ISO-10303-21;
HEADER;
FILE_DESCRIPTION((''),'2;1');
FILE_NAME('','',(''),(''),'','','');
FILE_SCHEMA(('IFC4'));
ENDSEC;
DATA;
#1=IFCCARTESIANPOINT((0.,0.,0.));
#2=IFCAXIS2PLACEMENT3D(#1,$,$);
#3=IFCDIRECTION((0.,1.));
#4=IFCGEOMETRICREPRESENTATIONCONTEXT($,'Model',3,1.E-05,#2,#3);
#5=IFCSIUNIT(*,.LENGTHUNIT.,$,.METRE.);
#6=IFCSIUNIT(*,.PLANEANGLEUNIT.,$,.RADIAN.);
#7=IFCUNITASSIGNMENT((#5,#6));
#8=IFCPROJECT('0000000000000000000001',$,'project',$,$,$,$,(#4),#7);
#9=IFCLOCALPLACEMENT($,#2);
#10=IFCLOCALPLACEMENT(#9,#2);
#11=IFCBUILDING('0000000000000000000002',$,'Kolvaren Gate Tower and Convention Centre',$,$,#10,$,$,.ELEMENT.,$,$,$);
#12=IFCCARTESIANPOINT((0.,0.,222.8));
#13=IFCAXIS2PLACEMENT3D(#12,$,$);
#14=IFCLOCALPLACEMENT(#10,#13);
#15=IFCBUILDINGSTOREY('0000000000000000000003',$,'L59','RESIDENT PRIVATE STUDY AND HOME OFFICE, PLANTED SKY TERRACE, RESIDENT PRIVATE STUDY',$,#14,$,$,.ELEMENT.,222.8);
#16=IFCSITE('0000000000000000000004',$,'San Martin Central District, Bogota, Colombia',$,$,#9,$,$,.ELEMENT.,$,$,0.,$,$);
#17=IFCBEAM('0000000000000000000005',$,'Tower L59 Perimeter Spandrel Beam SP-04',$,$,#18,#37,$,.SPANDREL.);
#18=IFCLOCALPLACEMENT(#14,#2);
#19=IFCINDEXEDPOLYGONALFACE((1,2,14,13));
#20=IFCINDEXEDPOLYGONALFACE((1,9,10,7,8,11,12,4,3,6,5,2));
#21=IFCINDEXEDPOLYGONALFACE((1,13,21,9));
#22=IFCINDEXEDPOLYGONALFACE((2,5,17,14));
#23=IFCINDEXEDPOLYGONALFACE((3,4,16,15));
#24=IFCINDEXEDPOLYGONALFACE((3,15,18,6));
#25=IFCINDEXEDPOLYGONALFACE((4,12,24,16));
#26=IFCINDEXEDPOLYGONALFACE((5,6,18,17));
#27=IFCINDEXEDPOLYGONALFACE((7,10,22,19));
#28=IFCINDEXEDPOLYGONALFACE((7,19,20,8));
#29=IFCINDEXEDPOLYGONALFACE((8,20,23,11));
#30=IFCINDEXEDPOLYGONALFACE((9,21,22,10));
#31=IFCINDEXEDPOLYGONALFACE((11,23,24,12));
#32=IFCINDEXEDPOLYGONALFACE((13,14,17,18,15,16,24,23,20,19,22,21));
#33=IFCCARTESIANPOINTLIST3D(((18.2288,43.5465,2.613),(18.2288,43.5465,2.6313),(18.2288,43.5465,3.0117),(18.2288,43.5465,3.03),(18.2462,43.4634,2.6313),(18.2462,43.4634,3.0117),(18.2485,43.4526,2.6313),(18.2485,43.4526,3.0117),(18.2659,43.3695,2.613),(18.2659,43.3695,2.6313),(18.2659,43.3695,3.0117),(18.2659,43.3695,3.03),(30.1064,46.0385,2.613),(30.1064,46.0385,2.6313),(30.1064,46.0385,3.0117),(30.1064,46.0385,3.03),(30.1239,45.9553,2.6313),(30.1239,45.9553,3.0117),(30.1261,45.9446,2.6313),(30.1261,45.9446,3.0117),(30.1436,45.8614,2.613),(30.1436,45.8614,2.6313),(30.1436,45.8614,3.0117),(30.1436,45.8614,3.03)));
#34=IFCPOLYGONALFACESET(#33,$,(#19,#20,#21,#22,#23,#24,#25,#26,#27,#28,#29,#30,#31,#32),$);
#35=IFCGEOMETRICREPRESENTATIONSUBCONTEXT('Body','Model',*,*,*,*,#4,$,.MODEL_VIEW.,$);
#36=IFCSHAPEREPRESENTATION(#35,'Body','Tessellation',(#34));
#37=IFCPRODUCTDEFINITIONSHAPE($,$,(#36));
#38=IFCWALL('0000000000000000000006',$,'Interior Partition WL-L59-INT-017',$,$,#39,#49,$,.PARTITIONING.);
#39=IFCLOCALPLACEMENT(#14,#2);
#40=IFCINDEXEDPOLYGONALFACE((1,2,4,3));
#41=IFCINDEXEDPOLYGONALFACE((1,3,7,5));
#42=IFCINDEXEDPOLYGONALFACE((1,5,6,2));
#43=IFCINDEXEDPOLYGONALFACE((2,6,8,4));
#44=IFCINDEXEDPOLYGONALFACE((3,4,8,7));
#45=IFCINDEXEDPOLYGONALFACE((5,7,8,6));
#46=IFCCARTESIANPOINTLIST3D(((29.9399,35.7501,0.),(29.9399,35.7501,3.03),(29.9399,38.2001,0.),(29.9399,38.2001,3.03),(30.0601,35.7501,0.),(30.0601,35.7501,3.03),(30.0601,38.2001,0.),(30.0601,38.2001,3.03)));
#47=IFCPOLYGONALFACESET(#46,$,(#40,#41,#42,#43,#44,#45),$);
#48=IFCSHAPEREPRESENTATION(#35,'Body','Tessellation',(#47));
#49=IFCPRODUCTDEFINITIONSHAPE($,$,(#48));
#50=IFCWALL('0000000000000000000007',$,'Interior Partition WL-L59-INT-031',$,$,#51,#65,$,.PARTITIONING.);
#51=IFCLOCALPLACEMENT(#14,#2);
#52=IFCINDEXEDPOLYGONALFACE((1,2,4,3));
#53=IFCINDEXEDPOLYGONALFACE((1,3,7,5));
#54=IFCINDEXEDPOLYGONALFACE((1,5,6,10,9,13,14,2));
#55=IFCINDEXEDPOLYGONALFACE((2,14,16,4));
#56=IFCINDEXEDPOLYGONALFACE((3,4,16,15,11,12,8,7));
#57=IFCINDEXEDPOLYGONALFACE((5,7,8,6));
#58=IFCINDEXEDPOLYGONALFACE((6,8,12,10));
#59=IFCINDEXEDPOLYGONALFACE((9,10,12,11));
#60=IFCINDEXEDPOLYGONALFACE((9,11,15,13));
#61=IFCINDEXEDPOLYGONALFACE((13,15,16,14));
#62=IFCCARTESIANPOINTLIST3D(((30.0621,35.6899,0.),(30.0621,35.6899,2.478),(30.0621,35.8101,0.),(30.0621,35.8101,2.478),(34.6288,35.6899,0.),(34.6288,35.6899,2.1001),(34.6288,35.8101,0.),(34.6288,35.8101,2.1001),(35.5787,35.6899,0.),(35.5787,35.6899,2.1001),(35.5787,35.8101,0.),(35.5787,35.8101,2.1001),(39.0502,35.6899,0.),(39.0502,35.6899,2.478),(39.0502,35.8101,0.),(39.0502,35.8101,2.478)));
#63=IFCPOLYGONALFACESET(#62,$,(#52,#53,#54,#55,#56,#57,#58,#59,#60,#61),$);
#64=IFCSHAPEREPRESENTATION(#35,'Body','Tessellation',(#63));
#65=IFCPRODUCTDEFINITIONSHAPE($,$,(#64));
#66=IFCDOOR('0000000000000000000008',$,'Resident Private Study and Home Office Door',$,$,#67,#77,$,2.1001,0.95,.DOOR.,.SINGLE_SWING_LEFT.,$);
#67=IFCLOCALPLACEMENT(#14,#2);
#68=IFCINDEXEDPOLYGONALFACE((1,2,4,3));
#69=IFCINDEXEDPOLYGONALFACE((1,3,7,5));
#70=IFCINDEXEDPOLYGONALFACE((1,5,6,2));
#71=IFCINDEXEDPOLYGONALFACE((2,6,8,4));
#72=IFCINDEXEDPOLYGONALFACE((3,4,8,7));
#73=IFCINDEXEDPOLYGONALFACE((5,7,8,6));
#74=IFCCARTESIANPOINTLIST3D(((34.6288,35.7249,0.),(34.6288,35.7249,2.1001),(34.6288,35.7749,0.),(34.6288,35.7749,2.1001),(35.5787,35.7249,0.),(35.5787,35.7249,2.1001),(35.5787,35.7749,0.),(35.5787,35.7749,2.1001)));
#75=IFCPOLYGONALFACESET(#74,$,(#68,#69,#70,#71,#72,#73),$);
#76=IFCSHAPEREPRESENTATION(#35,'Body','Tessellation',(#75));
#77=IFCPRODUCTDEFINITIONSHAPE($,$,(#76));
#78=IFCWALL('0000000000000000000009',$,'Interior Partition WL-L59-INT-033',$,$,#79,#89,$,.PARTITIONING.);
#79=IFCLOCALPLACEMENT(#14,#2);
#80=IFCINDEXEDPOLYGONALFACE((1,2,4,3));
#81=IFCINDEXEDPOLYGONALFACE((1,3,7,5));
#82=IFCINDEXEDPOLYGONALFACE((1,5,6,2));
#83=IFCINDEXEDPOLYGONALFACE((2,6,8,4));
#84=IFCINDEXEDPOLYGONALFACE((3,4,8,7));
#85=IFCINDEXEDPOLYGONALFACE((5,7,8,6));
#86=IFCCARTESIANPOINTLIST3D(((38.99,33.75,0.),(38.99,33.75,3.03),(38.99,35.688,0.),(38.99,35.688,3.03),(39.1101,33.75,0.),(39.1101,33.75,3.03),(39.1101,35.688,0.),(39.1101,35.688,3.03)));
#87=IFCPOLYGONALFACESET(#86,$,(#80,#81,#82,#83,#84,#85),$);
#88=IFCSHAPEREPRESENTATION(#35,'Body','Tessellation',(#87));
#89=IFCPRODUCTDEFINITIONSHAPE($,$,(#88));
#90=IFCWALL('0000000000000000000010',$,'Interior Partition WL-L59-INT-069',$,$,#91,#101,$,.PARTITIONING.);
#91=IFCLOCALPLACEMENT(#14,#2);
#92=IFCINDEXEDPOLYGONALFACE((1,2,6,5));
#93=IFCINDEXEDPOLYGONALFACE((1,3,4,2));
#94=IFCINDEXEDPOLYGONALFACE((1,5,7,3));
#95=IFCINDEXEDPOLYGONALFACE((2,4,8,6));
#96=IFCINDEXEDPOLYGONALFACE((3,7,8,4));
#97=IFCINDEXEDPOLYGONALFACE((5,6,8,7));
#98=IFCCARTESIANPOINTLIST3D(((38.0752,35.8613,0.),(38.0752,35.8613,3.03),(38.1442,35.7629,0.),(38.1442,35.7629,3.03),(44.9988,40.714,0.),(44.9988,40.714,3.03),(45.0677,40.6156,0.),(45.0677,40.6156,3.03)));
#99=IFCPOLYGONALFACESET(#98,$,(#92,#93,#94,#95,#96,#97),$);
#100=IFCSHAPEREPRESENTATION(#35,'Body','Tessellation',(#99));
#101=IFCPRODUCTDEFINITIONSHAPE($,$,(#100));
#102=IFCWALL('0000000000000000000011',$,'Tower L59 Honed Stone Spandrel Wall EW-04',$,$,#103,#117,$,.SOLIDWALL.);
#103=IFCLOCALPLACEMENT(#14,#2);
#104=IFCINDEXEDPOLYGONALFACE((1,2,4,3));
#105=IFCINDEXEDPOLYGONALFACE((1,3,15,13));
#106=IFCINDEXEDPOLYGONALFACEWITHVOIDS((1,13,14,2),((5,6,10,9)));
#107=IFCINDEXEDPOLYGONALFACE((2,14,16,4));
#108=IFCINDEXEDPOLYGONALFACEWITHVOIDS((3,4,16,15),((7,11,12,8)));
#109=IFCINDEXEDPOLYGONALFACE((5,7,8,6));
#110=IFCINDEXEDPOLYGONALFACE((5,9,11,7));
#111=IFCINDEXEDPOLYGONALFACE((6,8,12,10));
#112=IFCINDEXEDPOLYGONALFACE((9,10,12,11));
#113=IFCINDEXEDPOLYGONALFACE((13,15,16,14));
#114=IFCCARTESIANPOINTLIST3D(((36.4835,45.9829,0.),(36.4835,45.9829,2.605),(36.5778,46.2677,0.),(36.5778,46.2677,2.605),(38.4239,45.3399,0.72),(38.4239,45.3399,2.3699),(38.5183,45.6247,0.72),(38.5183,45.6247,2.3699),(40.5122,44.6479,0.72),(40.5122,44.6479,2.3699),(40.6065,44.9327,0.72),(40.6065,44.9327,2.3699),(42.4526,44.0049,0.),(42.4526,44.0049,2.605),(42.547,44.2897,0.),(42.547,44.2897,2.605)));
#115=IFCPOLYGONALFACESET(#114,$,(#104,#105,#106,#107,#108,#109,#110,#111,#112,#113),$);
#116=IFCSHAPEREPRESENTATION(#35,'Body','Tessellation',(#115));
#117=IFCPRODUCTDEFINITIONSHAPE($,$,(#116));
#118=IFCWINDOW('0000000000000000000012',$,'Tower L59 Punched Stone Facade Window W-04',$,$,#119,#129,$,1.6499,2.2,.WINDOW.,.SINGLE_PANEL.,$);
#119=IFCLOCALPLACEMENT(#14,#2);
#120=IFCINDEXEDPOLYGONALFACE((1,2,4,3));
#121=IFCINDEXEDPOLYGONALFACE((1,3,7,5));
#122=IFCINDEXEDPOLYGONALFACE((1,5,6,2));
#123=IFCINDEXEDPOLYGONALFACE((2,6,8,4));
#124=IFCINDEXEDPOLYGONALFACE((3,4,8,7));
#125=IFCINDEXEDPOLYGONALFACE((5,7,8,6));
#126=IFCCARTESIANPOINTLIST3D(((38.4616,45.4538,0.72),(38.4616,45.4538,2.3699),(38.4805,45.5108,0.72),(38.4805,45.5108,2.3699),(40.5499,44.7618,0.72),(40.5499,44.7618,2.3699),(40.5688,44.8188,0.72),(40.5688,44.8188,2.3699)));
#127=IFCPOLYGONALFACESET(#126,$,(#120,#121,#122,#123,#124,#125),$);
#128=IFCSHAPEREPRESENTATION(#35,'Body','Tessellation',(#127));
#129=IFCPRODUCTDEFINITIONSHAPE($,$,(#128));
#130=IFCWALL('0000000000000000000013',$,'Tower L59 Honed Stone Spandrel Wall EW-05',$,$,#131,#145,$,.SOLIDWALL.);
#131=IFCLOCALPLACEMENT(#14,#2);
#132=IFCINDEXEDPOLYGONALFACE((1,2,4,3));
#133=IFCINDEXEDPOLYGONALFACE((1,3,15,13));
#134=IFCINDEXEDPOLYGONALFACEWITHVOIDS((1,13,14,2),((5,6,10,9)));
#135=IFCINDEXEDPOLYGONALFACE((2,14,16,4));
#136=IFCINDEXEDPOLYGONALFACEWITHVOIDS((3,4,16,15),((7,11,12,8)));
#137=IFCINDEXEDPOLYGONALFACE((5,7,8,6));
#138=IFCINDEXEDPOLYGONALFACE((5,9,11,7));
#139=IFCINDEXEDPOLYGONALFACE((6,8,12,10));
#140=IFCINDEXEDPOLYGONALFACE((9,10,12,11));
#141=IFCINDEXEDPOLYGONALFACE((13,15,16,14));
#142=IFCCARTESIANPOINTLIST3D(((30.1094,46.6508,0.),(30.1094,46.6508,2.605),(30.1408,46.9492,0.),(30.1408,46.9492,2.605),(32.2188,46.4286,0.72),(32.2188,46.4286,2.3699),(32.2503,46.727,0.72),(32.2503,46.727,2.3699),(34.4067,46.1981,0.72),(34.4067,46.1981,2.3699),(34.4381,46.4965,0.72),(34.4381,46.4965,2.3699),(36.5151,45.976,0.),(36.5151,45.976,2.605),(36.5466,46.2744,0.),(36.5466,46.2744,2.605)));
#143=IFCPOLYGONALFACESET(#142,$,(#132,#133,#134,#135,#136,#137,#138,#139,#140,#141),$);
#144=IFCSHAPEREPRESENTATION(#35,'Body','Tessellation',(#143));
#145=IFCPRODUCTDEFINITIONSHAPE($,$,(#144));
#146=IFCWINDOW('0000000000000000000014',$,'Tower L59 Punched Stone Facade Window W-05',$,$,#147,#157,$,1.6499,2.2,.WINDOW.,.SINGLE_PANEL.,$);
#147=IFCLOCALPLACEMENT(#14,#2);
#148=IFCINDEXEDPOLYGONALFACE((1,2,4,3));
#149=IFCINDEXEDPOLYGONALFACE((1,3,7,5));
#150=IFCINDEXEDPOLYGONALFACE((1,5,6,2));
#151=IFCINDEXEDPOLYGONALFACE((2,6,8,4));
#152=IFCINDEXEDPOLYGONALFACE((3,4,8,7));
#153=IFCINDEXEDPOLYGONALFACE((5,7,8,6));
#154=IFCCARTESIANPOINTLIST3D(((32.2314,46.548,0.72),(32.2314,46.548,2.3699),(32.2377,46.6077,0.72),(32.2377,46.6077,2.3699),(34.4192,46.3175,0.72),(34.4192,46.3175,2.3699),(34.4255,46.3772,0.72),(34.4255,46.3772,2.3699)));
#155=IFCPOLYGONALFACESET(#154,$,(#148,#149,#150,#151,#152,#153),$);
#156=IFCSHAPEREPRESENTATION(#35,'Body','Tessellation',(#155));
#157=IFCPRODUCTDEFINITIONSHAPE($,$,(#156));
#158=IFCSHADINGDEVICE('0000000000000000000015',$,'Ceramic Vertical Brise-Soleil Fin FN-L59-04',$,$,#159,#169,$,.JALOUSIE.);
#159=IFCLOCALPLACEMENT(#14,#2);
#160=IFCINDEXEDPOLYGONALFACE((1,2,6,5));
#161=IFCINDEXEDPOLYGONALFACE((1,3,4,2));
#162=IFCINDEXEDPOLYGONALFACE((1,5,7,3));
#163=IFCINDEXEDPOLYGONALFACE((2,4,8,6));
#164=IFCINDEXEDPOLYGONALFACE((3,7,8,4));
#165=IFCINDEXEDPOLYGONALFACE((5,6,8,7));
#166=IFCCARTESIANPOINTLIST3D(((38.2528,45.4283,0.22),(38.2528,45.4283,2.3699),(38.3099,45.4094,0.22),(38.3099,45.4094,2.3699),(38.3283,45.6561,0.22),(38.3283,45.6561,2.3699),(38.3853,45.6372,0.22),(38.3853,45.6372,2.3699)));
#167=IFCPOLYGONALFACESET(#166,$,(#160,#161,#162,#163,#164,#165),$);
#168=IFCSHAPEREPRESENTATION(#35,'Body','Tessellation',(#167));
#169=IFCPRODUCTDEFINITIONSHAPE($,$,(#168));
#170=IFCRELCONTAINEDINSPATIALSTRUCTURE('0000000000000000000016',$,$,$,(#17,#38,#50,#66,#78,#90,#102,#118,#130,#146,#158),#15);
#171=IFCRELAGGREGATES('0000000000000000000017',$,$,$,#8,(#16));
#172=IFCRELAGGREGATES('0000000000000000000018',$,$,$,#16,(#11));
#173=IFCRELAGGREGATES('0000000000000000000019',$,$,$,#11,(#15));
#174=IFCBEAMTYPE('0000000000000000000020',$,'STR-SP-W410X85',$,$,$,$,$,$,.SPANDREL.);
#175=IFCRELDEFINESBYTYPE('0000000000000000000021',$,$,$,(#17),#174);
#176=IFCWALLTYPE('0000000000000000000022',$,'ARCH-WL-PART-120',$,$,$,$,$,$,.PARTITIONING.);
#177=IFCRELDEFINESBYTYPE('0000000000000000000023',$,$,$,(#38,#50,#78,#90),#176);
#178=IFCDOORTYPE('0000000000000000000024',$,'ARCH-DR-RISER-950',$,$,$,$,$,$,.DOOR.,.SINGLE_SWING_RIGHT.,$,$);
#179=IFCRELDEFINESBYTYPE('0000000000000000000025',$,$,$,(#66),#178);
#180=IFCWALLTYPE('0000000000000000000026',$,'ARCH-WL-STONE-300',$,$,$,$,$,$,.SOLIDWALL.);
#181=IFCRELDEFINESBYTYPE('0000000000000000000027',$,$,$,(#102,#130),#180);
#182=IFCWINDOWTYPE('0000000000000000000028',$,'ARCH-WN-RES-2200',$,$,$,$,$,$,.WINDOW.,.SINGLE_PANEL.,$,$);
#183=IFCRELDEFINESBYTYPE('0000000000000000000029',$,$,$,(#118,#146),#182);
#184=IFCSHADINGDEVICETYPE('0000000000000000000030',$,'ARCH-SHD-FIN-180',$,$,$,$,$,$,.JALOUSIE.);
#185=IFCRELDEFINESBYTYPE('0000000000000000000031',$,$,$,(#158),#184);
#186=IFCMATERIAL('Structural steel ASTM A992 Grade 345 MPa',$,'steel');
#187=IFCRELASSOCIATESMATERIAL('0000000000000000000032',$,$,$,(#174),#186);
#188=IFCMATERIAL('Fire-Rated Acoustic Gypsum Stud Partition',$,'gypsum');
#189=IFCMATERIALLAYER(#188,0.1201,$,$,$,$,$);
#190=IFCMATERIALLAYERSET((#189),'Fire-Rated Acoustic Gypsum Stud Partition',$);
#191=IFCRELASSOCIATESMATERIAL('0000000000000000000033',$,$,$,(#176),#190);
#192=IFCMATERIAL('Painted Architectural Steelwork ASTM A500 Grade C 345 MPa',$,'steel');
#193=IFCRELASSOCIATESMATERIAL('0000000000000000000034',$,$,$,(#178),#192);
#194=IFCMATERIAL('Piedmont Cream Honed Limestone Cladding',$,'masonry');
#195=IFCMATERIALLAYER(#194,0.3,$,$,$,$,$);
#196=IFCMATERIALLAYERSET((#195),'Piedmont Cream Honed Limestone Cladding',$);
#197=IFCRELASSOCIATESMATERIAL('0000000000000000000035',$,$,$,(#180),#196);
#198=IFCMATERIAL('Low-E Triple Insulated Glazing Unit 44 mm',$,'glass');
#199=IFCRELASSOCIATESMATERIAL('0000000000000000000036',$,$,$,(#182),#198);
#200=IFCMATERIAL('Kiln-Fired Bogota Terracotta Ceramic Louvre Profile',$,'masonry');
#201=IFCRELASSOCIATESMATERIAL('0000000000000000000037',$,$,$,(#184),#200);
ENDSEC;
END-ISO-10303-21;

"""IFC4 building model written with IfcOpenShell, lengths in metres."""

from ifc_helpers import new_model, si_unit, direction, frame, frame_2d, origin, origin_2d, place, context, subcontext, project, spatial, rectangle, i_section, extrude, material, layer, layer_set, material_profile, profile_set, type_object, element, fill, save


model = new_model("IFC4")

# Units and contexts
model_context = context("Model", 3, precision=1e-05, world=origin(), true_north=direction((0.0, 1.0)))
body_context = subcontext(model_context, "Body", "Model", "MODEL_VIEW")
ifc_project = project(units=[si_unit("LENGTHUNIT", "METRE"), si_unit("PLANEANGLEUNIT", "RADIAN")], contexts=[model_context])

# Site, building, storey
site_placement = place(None, origin())
site = spatial("IfcSite", under=ifc_project, at=site_placement, Name="San Martin Central District, Bogota, Colombia", CompositionType="ELEMENT", RefElevation=0.0)
building_placement = place(site_placement, origin())
building = spatial("IfcBuilding", under=site, at=building_placement, Name="Kolvaren Gate Tower and Convention Centre", CompositionType="ELEMENT")
storey_placement = place(building_placement, frame((0.0, 0.0, 222.8)))
storey = spatial("IfcBuildingStorey", under=building, at=storey_placement, Name="L59", Description="RESIDENT PRIVATE STUDY AND HOME OFFICE, PLANTED SKY TERRACE, RESIDENT PRIVATE STUDY", CompositionType="ELEMENT", Elevation=222.8)

# Beam
ifc_material_1 = material(Name="Structural steel ASTM A992 Grade 345 MPa", Category="steel")
ifc_material_profile_1 = material_profile(ifc_material_1, i_section(OverallWidth=0.1809, OverallDepth=0.417, WebThickness=0.011, FlangeThickness=0.0183, at=origin_2d()), Name="W410X85")
ifc_profile_set_1 = profile_set([ifc_material_profile_1], Name="Structural steel ASTM A992 Grade 345 MPa")
beam_type_1 = type_object("IfcBeamType", Name="STR-SP-W410X85", PredefinedType="SPANDREL", material=ifc_profile_set_1)
beam_1_placement = place(storey_placement, frame((30.125, 45.95, 2.8215), z_axis=(-0.978693, -0.20533, 0.0), x_axis=(0.20533, -0.978693, 0.0)))
element("IfcBeam", 1, at=beam_1_placement, inside=storey, type_object=beam_type_1, Name="Tower L59 Perimeter Spandrel Beam SP-04", PredefinedType="SPANDREL", context=body_context, shape_type="SweptSolid", body=[
    extrude(i_section(OverallWidth=0.1809, OverallDepth=0.417, WebThickness=0.011, FlangeThickness=0.0183, at=origin_2d()), origin(), (0.0, 0.0, 1.0), 12.1362),
])

# Wall
ifc_material_2 = material(Name="Fire-Rated Acoustic Gypsum Stud Partition", Category="gypsum")
ifc_layer_1 = layer(ifc_material_2, 0.1201)
ifc_layer_set_1 = layer_set([ifc_layer_1], Name="Fire-Rated Acoustic Gypsum Stud Partition")
wall_type_1 = type_object("IfcWallType", Name="ARCH-WL-PART-120", PredefinedType="PARTITIONING", material=ifc_layer_set_1)
wall_1_placement = place(storey_placement, frame((30.0, 35.75, 0.0), z_axis=(0.0, 0.0, 1.0), x_axis=(0.0, 1.0, 0.0)))
element("IfcWall", 2, at=wall_1_placement, inside=storey, type_object=wall_type_1, Name="Interior Partition WL-L59-INT-017", PredefinedType="PARTITIONING", context=body_context, shape_type="SweptSolid", body=[
    extrude(rectangle(XDim=2.45, YDim=0.1201, at=frame_2d((1.2251, 0.0))), origin(), (0.0, 0.0, 1.0), 3.03),
])

# Wall, opening, door
wall_2_placement = place(storey_placement, frame((30.062, 35.75, 0.0), z_axis=(0.0, 0.0, 1.0), x_axis=(1.0, 0.0, 0.0)))
wall_2 = element("IfcWall", 3, at=wall_2_placement, inside=storey, type_object=wall_type_1, Name="Interior Partition WL-L59-INT-031", PredefinedType="PARTITIONING", context=body_context, shape_type="SweptSolid", body=[
    extrude(rectangle(XDim=8.988, YDim=0.1201, at=frame_2d((4.4941, 0.0))), origin(), (0.0, 0.0, 1.0), 2.478),
])
opening_1_placement = place(wall_2_placement, frame((4.5667, 0.0, 0.0)))
opening_1 = element("IfcOpeningElement", 4, at=opening_1_placement, cuts=wall_2, PredefinedType="OPENING", context=body_context, shape_type="SweptSolid", body=[
    extrude(rectangle(XDim=0.95, YDim=2.1001, at=frame_2d((0.4751, 1.05))), frame((0.0, 0.0701, 0.0), z_axis=(0.0, -1.0, 0.0), x_axis=(1.0, 0.0, 0.0)), (0.0, 0.0, 1.0), 0.1401),
])
ifc_material_3 = material(Name="Painted Architectural Steelwork ASTM A500 Grade C 345 MPa", Category="steel")
door_type = type_object("IfcDoorType", Name="ARCH-DR-RISER-950", OperationType="SINGLE_SWING_RIGHT", PredefinedType="DOOR", material=ifc_material_3)
door_placement = place(opening_1_placement, origin())
door = element("IfcDoor", 5, at=door_placement, inside=storey, type_object=door_type, Name="Resident Private Study and Home Office Door", OperationType="SINGLE_SWING_LEFT", OverallHeight=2.1001, OverallWidth=0.95, PredefinedType="DOOR", context=body_context, shape_type="SweptSolid", body=[
    extrude(rectangle(XDim=0.95, YDim=2.1001, at=frame_2d((0.4751, 1.05))), frame((0.0, 0.0249, 0.0), z_axis=(0.0, -1.0, 0.0), x_axis=(1.0, 0.0, 0.0)), (0.0, 0.0, 1.0), 0.05),
])
fill(opening_1, door)

# Walls
wall_3_placement = place(storey_placement, frame((39.05, 33.75, 0.0), z_axis=(0.0, 0.0, 1.0), x_axis=(0.0, 1.0, 0.0)))
element("IfcWall", 6, at=wall_3_placement, inside=storey, type_object=wall_type_1, Name="Interior Partition WL-L59-INT-033", PredefinedType="PARTITIONING", context=body_context, shape_type="SweptSolid", body=[
    extrude(rectangle(XDim=1.938, YDim=0.1201, at=frame_2d((0.969, 0.0))), origin(), (0.0, 0.0, 1.0), 3.03),
])
wall_4_placement = place(storey_placement, frame((38.1096, 35.812, 0.0), z_axis=(0.0, 0.0, 1.0), x_axis=(0.818883, 0.57396, 0.0)))
element("IfcWall", 7, at=wall_4_placement, inside=storey, type_object=wall_type_1, Name="Interior Partition WL-L59-INT-069", PredefinedType="PARTITIONING", context=body_context, shape_type="SweptSolid", body=[
    extrude(rectangle(XDim=8.4548, YDim=0.1201, at=frame_2d((4.2275, 0.0))), origin(), (0.0, 0.0, 1.0), 3.03),
])

# Walls, openings, windows
ifc_material_4 = material(Name="Piedmont Cream Honed Limestone Cladding", Category="masonry")
ifc_layer_2 = layer(ifc_material_4, 0.3)
ifc_layer_set_2 = layer_set([ifc_layer_2], Name="Piedmont Cream Honed Limestone Cladding")
wall_type_2 = type_object("IfcWallType", Name="ARCH-WL-STONE-300", PredefinedType="SOLIDWALL", material=ifc_layer_set_2)
wall_5_placement = place(storey_placement, frame((36.5308, 46.1252, 0.0), z_axis=(0.0, 0.0, 1.0), x_axis=(0.949241, -0.31455, 0.0)))
wall_5 = element("IfcWall", 8, at=wall_5_placement, inside=storey, type_object=wall_type_2, Name="Tower L59 Honed Stone Spandrel Wall EW-04", PredefinedType="SOLIDWALL", context=body_context, shape_type="SweptSolid", body=[
    extrude(rectangle(XDim=6.2883, YDim=0.3, at=frame_2d((3.144, 0.0))), origin(), (0.0, 0.0, 1.0), 2.605),
])
opening_2_placement = place(wall_5_placement, frame((2.0439, 0.0, 0.72)))
opening_2 = element("IfcOpeningElement", 9, at=opening_2_placement, cuts=wall_5, PredefinedType="OPENING", context=body_context, shape_type="SweptSolid", body=[
    extrude(rectangle(XDim=2.2, YDim=1.6499, at=frame_2d((1.1001, 0.825))), frame((0.0, 0.1599, 0.0), z_axis=(0.0, -1.0, 0.0), x_axis=(1.0, 0.0, 0.0)), (0.0, 0.0, 1.0), 0.3201),
])
ifc_material_5 = material(Name="Low-E Triple Insulated Glazing Unit 44 mm", Category="glass")
window_type = type_object("IfcWindowType", Name="ARCH-WN-RES-2200", PartitioningType="SINGLE_PANEL", PredefinedType="WINDOW", material=ifc_material_5)
window_1_placement = place(opening_2_placement, origin())
window_1 = element("IfcWindow", 10, at=window_1_placement, inside=storey, type_object=window_type, Name="Tower L59 Punched Stone Facade Window W-04", OverallHeight=1.6499, OverallWidth=2.2, PartitioningType="SINGLE_PANEL", PredefinedType="WINDOW", context=body_context, shape_type="SweptSolid", body=[
    extrude(rectangle(XDim=2.2, YDim=1.6499, at=frame_2d((1.1001, 0.825))), frame((0.0, 0.03, 0.0), z_axis=(0.0, -1.0, 0.0), x_axis=(1.0, 0.0, 0.0)), (0.0, 0.0, 1.0), 0.0601),
])
fill(opening_2, window_1)
wall_6_placement = place(storey_placement, frame((30.125, 46.8, 0.0), z_axis=(0.0, 0.0, 1.0), x_axis=(0.994497, -0.104764, 0.0)))
wall_6 = element("IfcWall", 11, at=wall_6_placement, inside=storey, type_object=wall_type_2, Name="Tower L59 Honed Stone Spandrel Wall EW-05", PredefinedType="SOLIDWALL", context=body_context, shape_type="SweptSolid", body=[
    extrude(rectangle(XDim=6.4412, YDim=0.3, at=frame_2d((3.2207, 0.0))), origin(), (0.0, 0.0, 1.0), 2.605),
])
opening_3_placement = place(wall_6_placement, frame((2.1211, 0.0, 0.72)))
opening_3 = element("IfcOpeningElement", 12, at=opening_3_placement, cuts=wall_6, PredefinedType="OPENING", context=body_context, shape_type="SweptSolid", body=[
    extrude(rectangle(XDim=2.2, YDim=1.6499, at=frame_2d((1.1001, 0.825))), frame((0.0, 0.1599, 0.0), z_axis=(0.0, -1.0, 0.0), x_axis=(1.0, 0.0, 0.0)), (0.0, 0.0, 1.0), 0.3201),
])
window_2_placement = place(opening_3_placement, origin())
window_2 = element("IfcWindow", 13, at=window_2_placement, inside=storey, type_object=window_type, Name="Tower L59 Punched Stone Facade Window W-05", OverallHeight=1.6499, OverallWidth=2.2, PartitioningType="SINGLE_PANEL", PredefinedType="WINDOW", context=body_context, shape_type="SweptSolid", body=[
    extrude(rectangle(XDim=2.2, YDim=1.6499, at=frame_2d((1.1001, 0.825))), frame((0.0, 0.03, 0.0), z_axis=(0.0, -1.0, 0.0), x_axis=(1.0, 0.0, 0.0)), (0.0, 0.0, 1.0), 0.0601),
])
fill(opening_3, window_2)

# Shading device
ifc_material_6 = material(Name="Kiln-Fired Bogota Terracotta Ceramic Louvre Profile", Category="masonry")
shading_device_type = type_object("IfcShadingDeviceType", Name="ARCH-SHD-FIN-180", PredefinedType="JALOUSIE", material=ifc_material_6)
shading_device_placement = place(storey_placement, frame((38.3191, 45.5327, 0.22), z_axis=(0.0, 0.0, 1.0), x_axis=(0.949242, -0.314548, 0.0)))
element("IfcShadingDevice", 14, at=shading_device_placement, inside=storey, type_object=shading_device_type, Name="Ceramic Vertical Brise-Soleil Fin FN-L59-04", PredefinedType="JALOUSIE", context=body_context, shape_type="SweptSolid", body=[
    extrude(rectangle(XDim=0.0601, YDim=0.24, at=origin_2d()), origin(), (0.0, 0.0, 1.0), 2.1499),
])

save(model, "model.ifc")
